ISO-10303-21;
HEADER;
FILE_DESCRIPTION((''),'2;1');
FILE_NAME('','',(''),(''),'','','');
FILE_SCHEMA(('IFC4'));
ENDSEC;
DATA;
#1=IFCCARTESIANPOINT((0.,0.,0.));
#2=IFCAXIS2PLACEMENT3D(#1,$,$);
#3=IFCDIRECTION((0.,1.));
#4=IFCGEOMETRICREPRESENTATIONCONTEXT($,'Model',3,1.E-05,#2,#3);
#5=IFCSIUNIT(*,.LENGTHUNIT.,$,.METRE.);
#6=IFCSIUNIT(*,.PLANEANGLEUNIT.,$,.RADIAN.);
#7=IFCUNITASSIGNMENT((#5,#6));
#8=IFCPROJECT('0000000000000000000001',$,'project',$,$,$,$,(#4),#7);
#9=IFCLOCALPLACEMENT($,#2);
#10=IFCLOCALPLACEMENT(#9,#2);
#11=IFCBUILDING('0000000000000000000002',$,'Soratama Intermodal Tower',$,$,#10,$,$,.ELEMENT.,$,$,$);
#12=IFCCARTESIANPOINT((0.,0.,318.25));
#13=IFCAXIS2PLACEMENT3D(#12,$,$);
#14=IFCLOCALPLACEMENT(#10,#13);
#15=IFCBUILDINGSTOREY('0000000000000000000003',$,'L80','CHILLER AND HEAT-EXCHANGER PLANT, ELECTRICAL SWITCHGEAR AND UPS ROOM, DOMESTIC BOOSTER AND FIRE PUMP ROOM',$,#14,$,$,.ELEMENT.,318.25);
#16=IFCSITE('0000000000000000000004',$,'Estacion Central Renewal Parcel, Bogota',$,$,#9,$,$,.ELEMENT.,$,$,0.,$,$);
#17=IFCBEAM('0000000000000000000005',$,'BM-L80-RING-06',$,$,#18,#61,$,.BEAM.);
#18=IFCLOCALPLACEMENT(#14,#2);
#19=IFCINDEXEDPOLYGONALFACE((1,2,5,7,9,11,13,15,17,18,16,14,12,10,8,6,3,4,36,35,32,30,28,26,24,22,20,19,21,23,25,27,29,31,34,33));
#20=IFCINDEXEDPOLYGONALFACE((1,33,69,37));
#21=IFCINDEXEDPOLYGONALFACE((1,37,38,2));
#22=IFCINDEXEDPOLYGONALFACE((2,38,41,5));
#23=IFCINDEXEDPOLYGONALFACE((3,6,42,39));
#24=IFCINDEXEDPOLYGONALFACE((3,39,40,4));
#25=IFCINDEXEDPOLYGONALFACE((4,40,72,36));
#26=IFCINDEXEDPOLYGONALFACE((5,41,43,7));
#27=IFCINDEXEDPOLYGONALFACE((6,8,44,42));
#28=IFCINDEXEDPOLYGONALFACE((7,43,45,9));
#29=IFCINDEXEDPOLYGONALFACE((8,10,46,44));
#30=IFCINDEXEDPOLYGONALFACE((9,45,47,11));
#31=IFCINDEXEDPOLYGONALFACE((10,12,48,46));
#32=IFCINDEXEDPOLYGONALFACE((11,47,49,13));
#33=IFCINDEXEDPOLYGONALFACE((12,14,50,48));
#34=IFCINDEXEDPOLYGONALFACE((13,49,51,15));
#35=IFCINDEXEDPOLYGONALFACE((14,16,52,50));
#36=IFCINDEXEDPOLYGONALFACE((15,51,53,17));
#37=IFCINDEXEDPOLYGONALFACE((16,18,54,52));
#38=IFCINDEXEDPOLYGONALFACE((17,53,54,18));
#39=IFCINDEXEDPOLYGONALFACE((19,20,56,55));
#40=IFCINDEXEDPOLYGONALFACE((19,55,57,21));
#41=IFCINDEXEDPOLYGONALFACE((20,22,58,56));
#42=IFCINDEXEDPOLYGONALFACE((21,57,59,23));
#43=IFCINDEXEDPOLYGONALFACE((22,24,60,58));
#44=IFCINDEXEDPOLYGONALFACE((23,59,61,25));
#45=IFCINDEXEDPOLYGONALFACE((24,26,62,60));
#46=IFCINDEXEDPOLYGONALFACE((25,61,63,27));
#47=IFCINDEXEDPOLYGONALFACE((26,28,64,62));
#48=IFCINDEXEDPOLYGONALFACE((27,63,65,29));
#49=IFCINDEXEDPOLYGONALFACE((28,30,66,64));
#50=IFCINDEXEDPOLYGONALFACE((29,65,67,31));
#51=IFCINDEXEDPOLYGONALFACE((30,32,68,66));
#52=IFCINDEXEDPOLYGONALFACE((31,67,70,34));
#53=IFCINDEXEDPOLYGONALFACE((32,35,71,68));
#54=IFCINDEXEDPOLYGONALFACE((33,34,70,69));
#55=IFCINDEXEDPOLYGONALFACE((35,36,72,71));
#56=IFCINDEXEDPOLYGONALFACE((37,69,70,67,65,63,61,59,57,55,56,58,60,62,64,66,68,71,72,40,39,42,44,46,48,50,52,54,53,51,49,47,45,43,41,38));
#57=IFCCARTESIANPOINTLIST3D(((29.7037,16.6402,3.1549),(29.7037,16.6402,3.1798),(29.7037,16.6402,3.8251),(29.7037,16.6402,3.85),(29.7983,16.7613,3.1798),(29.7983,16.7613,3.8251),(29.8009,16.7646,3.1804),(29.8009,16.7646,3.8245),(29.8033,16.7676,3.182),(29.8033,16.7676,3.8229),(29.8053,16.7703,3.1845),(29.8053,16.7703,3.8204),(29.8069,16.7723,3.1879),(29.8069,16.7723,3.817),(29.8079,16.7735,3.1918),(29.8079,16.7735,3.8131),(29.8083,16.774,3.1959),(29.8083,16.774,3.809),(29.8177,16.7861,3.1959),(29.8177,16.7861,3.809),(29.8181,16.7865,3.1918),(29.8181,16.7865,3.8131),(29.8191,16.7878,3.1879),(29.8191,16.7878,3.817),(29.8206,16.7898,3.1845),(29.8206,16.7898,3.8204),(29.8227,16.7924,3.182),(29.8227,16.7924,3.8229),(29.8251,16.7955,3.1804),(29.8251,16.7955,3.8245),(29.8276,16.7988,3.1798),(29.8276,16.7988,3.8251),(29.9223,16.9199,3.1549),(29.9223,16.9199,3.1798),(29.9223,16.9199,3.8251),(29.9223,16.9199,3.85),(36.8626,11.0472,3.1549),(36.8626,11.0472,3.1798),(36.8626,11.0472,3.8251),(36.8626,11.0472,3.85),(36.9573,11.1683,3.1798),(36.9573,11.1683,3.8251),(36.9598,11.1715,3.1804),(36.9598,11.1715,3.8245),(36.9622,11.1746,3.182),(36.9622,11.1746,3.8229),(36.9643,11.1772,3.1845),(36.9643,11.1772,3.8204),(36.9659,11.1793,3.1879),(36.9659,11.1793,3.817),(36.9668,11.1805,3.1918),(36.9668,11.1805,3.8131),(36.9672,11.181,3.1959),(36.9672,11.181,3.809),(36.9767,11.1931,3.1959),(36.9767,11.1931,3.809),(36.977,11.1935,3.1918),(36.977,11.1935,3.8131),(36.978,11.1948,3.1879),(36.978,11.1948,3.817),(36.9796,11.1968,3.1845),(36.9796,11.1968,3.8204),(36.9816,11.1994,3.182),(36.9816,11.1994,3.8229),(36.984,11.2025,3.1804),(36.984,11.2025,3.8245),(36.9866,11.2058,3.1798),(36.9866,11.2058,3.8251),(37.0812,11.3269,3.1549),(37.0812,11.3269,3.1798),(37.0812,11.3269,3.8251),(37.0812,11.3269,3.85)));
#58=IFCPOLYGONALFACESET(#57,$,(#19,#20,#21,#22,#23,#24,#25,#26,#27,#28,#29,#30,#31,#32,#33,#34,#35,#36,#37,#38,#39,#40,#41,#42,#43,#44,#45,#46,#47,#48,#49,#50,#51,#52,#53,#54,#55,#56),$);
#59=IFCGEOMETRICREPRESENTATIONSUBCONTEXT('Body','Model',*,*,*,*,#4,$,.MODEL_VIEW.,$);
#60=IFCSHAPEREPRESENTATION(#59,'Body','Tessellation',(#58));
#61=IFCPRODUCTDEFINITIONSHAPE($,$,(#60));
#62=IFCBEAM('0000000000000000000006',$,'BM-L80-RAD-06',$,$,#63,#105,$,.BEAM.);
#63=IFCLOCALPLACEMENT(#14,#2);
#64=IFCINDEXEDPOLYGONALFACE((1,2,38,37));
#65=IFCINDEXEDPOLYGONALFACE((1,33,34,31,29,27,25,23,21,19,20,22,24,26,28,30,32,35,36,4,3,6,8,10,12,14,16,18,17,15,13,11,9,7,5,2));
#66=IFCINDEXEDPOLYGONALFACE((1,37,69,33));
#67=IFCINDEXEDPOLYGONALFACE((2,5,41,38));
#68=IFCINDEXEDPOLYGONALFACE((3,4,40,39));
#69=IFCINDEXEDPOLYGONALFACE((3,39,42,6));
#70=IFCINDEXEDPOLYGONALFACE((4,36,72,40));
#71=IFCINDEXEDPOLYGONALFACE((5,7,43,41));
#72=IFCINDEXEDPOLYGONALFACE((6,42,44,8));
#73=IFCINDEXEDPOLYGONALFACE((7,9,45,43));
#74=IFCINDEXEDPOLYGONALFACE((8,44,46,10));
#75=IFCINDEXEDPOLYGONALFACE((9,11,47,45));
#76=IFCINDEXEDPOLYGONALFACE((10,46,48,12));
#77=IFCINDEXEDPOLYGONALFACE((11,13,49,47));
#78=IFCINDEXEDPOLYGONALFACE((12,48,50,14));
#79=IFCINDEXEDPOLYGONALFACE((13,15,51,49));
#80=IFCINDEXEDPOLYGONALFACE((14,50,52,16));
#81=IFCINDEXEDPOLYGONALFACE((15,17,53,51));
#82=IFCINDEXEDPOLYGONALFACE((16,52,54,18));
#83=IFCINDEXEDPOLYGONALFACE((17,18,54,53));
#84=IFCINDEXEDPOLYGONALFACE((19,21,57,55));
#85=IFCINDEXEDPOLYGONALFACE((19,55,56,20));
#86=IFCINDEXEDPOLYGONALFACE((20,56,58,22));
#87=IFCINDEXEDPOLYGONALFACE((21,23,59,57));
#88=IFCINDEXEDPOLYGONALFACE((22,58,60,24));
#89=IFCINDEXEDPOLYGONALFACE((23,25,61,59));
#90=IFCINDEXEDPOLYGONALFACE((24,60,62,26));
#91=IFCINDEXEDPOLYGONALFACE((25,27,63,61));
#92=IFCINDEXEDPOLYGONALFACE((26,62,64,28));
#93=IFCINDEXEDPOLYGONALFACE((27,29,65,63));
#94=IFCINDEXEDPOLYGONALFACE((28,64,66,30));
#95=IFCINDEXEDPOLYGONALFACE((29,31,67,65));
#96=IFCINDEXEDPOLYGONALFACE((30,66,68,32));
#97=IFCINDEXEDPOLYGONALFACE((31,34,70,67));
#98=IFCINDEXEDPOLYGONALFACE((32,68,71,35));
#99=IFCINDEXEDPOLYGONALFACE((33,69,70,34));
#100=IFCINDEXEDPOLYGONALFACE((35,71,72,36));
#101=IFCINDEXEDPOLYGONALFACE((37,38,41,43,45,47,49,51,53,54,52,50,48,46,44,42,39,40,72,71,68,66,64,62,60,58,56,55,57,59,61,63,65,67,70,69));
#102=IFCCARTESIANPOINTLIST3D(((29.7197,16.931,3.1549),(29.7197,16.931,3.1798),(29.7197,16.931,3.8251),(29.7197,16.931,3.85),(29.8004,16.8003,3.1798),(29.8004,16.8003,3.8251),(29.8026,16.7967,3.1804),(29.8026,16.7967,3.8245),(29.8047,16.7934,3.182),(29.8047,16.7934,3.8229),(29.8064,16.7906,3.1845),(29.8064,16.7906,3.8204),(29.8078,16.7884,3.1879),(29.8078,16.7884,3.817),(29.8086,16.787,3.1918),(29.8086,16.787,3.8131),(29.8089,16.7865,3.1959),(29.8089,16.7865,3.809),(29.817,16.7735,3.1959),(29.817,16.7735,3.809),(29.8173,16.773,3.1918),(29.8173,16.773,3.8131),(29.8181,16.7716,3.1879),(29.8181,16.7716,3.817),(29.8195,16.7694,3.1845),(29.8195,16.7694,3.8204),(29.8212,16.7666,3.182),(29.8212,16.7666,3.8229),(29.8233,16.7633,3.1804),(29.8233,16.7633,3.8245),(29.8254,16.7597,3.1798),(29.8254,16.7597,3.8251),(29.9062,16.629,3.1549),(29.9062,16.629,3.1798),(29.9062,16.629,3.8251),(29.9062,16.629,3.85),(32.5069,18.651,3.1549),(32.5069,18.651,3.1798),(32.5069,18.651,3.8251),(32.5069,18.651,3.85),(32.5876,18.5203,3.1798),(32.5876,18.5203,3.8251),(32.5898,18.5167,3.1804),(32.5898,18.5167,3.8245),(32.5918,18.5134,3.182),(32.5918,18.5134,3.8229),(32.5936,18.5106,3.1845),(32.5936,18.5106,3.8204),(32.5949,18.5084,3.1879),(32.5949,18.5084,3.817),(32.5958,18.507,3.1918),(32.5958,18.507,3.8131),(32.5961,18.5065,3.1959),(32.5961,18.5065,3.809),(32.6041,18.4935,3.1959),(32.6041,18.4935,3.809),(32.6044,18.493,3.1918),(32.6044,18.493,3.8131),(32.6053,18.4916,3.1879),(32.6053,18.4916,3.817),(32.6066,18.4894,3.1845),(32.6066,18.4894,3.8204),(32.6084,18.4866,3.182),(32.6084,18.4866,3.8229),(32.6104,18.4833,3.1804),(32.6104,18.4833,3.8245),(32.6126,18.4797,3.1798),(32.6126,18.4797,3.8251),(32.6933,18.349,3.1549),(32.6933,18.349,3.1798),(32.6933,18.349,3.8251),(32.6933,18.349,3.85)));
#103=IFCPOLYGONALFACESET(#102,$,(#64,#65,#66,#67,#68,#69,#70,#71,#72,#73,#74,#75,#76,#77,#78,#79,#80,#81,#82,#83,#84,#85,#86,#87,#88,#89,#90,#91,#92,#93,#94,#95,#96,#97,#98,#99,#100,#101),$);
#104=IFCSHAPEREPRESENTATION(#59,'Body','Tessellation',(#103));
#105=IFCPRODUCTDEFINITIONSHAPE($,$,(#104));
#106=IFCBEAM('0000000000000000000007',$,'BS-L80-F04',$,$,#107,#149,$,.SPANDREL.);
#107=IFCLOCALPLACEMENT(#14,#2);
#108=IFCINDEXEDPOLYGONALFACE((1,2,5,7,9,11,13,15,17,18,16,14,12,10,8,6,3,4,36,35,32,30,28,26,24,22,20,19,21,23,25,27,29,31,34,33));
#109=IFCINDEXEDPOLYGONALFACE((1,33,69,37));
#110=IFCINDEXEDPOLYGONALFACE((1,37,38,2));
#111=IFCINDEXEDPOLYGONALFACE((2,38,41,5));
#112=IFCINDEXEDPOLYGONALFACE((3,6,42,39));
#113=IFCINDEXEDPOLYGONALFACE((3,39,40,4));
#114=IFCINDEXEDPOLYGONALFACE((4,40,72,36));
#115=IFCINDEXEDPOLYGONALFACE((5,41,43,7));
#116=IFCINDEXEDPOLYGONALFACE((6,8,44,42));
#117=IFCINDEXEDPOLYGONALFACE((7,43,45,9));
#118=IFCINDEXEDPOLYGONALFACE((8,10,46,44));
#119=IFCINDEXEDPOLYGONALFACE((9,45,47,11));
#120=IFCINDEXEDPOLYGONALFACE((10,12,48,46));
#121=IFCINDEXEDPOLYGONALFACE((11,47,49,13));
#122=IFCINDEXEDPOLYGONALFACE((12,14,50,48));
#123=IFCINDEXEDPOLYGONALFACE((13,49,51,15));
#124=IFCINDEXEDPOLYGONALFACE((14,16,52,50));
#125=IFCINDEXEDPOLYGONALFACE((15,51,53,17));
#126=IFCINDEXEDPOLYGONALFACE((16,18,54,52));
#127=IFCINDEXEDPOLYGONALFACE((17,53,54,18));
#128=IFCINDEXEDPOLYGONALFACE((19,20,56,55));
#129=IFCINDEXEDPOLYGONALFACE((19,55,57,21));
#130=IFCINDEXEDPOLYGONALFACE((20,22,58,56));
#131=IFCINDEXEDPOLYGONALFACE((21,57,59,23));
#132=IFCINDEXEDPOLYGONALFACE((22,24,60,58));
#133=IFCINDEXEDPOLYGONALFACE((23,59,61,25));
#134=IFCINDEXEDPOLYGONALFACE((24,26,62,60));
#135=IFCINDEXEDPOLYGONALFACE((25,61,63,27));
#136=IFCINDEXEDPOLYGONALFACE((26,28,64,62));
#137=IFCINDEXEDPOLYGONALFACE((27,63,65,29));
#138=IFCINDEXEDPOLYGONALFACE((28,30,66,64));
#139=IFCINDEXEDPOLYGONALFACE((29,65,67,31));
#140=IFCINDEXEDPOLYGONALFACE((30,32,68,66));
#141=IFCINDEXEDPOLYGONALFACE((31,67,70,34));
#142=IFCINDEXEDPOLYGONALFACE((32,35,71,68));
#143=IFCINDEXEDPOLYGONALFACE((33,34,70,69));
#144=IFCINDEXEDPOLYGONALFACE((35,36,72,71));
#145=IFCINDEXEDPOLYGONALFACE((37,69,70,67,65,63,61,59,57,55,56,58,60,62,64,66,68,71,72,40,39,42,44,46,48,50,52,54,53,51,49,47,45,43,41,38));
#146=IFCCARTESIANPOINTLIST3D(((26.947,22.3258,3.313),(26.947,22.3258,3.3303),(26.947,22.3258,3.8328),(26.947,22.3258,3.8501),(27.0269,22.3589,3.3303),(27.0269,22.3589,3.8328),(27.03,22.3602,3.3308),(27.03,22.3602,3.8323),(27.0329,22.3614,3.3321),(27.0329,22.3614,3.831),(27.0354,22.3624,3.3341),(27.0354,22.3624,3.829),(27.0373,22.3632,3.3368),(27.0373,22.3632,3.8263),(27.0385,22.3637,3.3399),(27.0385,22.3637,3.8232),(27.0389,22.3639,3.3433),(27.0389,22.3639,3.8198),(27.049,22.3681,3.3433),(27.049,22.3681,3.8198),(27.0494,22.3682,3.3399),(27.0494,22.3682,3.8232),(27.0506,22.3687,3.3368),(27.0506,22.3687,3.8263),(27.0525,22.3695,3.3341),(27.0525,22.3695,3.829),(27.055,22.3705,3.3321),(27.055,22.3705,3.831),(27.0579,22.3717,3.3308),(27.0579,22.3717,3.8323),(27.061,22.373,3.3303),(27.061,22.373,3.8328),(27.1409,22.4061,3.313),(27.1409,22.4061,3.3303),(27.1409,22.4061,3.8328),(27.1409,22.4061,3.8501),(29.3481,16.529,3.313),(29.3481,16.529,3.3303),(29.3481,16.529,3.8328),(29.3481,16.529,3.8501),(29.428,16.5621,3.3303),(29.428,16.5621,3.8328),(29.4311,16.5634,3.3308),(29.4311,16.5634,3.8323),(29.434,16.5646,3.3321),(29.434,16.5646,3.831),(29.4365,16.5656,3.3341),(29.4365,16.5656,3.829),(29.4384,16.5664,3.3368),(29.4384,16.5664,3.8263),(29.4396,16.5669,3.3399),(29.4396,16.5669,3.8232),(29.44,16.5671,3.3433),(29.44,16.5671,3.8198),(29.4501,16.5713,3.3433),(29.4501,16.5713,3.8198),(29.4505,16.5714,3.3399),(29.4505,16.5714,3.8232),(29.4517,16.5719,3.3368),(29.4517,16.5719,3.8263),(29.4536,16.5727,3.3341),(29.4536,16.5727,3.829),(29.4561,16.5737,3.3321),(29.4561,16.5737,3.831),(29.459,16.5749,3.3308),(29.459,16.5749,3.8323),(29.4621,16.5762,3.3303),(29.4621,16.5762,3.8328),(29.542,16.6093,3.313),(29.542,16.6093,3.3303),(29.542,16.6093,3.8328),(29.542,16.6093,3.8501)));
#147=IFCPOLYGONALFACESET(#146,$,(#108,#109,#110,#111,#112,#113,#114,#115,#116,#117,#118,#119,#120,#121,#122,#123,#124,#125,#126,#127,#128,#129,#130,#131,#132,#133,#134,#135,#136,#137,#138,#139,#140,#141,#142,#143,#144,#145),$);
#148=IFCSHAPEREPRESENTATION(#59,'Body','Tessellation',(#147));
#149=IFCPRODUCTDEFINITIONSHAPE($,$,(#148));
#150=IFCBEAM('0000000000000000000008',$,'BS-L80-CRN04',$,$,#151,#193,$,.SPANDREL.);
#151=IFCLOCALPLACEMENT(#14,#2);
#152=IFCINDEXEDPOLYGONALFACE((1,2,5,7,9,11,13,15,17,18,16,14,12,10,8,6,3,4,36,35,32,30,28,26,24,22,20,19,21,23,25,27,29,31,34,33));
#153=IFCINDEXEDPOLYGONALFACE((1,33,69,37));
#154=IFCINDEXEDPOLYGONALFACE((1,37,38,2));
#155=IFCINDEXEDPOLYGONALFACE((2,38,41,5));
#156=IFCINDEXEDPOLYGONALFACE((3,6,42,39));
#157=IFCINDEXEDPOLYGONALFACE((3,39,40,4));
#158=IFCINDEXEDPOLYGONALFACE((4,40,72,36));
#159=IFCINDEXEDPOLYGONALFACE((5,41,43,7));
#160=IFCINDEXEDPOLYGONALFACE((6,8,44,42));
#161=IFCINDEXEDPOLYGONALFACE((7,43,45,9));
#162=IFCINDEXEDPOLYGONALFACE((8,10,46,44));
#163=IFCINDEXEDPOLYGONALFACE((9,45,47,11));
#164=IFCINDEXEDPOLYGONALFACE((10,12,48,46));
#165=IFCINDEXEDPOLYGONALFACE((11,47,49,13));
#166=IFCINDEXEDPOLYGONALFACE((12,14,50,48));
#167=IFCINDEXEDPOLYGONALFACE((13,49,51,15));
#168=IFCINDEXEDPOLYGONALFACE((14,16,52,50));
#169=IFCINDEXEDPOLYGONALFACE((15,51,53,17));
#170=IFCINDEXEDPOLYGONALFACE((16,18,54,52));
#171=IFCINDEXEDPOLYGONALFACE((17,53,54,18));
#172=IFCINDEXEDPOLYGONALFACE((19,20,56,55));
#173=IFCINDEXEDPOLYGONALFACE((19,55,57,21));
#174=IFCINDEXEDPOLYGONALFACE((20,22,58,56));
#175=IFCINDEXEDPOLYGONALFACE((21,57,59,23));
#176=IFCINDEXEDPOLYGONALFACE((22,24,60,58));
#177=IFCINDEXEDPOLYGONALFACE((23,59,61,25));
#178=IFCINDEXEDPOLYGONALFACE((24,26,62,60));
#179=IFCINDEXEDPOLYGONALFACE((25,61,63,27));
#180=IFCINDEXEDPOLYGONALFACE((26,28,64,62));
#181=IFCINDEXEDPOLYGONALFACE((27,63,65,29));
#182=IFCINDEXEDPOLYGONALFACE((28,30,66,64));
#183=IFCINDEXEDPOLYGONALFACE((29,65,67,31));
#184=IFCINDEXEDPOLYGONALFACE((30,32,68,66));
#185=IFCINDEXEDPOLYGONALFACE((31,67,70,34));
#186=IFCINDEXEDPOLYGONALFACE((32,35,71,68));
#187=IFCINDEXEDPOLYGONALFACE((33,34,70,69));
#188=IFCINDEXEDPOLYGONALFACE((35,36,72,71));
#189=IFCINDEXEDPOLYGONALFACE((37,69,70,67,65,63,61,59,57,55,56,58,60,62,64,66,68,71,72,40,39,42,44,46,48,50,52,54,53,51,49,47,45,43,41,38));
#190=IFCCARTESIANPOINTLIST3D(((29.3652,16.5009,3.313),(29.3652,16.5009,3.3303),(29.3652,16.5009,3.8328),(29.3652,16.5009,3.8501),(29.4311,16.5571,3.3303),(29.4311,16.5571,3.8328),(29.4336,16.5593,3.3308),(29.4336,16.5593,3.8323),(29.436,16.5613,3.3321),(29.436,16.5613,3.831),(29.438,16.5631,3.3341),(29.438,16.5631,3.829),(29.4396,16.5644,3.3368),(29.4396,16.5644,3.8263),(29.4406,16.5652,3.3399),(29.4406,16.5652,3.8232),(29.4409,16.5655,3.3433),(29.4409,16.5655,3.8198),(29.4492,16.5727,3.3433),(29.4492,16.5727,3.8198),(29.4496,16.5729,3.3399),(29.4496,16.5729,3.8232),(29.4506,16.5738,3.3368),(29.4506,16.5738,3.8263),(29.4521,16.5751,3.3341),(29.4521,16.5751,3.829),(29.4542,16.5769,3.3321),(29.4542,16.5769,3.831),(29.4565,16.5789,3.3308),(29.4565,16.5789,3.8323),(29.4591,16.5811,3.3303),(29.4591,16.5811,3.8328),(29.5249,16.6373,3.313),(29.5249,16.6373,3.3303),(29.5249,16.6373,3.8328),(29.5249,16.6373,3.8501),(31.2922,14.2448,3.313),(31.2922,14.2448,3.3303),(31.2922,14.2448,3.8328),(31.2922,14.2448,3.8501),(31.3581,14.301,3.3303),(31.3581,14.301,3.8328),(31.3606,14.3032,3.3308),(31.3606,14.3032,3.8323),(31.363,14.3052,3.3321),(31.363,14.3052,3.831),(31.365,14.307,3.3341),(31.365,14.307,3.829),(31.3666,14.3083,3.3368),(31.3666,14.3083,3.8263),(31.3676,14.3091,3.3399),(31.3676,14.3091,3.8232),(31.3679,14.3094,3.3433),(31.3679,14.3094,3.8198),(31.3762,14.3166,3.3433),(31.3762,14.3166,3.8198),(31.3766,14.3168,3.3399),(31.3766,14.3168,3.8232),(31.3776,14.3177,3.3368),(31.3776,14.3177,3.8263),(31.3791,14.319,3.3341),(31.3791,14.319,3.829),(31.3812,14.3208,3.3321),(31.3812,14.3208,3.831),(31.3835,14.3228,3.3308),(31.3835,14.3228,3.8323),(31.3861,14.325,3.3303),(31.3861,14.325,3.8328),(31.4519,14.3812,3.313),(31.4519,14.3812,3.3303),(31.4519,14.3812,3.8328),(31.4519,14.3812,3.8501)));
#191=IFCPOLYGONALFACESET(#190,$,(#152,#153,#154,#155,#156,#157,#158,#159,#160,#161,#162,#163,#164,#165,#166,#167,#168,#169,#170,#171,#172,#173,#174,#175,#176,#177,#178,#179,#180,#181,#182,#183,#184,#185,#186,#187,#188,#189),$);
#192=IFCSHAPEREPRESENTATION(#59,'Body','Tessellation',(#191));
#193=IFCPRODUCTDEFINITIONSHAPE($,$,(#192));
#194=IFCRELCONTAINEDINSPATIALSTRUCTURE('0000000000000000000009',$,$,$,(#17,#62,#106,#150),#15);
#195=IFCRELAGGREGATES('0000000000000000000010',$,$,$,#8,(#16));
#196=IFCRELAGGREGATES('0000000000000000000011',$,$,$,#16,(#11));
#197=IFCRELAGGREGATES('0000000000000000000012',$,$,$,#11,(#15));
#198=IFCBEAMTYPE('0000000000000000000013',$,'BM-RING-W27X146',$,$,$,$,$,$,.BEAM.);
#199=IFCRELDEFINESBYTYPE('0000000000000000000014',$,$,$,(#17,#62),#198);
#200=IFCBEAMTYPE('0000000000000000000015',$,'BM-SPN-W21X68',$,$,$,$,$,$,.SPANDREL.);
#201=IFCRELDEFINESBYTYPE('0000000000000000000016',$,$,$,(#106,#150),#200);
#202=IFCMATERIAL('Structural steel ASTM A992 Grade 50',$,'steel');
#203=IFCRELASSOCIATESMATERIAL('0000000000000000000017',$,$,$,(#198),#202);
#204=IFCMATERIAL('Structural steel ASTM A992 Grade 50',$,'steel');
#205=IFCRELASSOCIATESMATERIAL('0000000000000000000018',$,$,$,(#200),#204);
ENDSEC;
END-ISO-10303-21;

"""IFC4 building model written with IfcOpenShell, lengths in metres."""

from ifc_helpers import new_model, si_unit, direction, frame, origin, origin_2d, place, context, subcontext, project, spatial, i_section, extrude, material, material_profile, profile_set, type_object, element, save


model = new_model("IFC4")

# Units and contexts
model_context = context("Model", 3, precision=1e-05, world=origin(), true_north=direction((0.0, 1.0)))
body_context = subcontext(model_context, "Body", "Model", "MODEL_VIEW")
ifc_project = project(units=[si_unit("LENGTHUNIT", "METRE"), si_unit("PLANEANGLEUNIT", "RADIAN")], contexts=[model_context])

# Site, building, storey
site_placement = place(None, origin())
site = spatial("IfcSite", under=ifc_project, at=site_placement, Name="Estacion Central Renewal Parcel, Bogota", CompositionType="ELEMENT", RefElevation=0.0)
building_placement = place(site_placement, origin())
building = spatial("IfcBuilding", under=site, at=building_placement, Name="Soratama Intermodal Tower", CompositionType="ELEMENT")
storey_placement = place(building_placement, frame((0.0, 0.0, 318.25)))
storey = spatial("IfcBuildingStorey", under=building, at=storey_placement, Name="L80", Description="CHILLER AND HEAT-EXCHANGER PLANT, ELECTRICAL SWITCHGEAR AND UPS ROOM, DOMESTIC BOOSTER AND FIRE PUMP ROOM", CompositionType="ELEMENT", Elevation=318.25)

# Beams
ifc_material_1 = material(Name="Structural steel ASTM A992 Grade 50", Category="steel")
ifc_material_profile_1 = material_profile(ifc_material_1, i_section(OverallWidth=0.355, OverallDepth=0.6951, WebThickness=0.0154, FlangeThickness=0.0249, FilletRadius=0.0161, at=origin_2d()), Name="W27X146")
ifc_profile_set_1 = profile_set([ifc_material_profile_1], Name="Structural steel ASTM A992 Grade 50")
beam_type_1 = type_object("IfcBeamType", Name="BM-RING-W27X146", PredefinedType="BEAM", material=ifc_profile_set_1)
beam_1_placement = place(storey_placement, frame((29.813, 16.78, 3.5024), z_axis=(0.788019, -0.615651, 0.0), x_axis=(0.615651, 0.788019, 0.0)))
element("IfcBeam", 1, at=beam_1_placement, inside=storey, type_object=beam_type_1, Name="BM-L80-RING-06", PredefinedType="BEAM", context=body_context, shape_type="SweptSolid", body=[
    extrude(i_section(OverallWidth=0.355, OverallDepth=0.6951, WebThickness=0.0154, FlangeThickness=0.0249, FilletRadius=0.0161, at=origin_2d()), origin(), (0.0, 0.0, 1.0), 9.0847),
])
beam_2_placement = place(storey_placement, frame((32.6001, 18.5, 3.5024), z_axis=(-0.851, -0.525166, 0.0), x_axis=(0.525166, -0.851, 0.0)))
element("IfcBeam", 2, at=beam_2_placement, inside=storey, type_object=beam_type_1, Name="BM-L80-RAD-06", PredefinedType="BEAM", context=body_context, shape_type="SweptSolid", body=[
    extrude(i_section(OverallWidth=0.355, OverallDepth=0.6951, WebThickness=0.0154, FlangeThickness=0.0249, FilletRadius=0.0161, at=origin_2d()), origin(), (0.0, 0.0, 1.0), 3.2751),
])
ifc_material_2 = material(Name="Structural steel ASTM A992 Grade 50", Category="steel")
ifc_material_profile_2 = material_profile(ifc_material_2, i_section(OverallWidth=0.21, OverallDepth=0.5371, WebThickness=0.011, FlangeThickness=0.0173, FilletRadius=0.0129, at=origin_2d()), Name="W21X68")
ifc_profile_set_2 = profile_set([ifc_material_profile_2], Name="Structural steel ASTM A992 Grade 50")
beam_type_2 = type_object("IfcBeamType", Name="BM-SPN-W21X68", PredefinedType="SPANDREL", material=ifc_profile_set_2)
beam_3_placement = place(storey_placement, frame((27.0439, 22.366, 3.5815), z_axis=(0.382681, -0.923881, 0.0), x_axis=(0.923881, 0.382681, 0.0)))
element("IfcBeam", 3, at=beam_3_placement, inside=storey, type_object=beam_type_2, Name="BS-L80-F04", PredefinedType="SPANDREL", context=body_context, shape_type="SweptSolid", body=[
    extrude(i_section(OverallWidth=0.21, OverallDepth=0.5371, WebThickness=0.011, FlangeThickness=0.0173, FilletRadius=0.0129, at=origin_2d()), origin(), (0.0, 0.0, 1.0), 6.2744),
])
beam_4_placement = place(storey_placement, frame((29.4451, 16.5691, 3.5815), z_axis=(0.649469, -0.760388, 0.0), x_axis=(0.760388, 0.649469, 0.0)))
element("IfcBeam", 4, at=beam_4_placement, inside=storey, type_object=beam_type_2, Name="BS-L80-CRN04", PredefinedType="SPANDREL", context=body_context, shape_type="SweptSolid", body=[
    extrude(i_section(OverallWidth=0.21, OverallDepth=0.5371, WebThickness=0.011, FlangeThickness=0.0173, FilletRadius=0.0129, at=origin_2d()), origin(), (0.0, 0.0, 1.0), 2.967),
])

save(model, "model.ifc")
